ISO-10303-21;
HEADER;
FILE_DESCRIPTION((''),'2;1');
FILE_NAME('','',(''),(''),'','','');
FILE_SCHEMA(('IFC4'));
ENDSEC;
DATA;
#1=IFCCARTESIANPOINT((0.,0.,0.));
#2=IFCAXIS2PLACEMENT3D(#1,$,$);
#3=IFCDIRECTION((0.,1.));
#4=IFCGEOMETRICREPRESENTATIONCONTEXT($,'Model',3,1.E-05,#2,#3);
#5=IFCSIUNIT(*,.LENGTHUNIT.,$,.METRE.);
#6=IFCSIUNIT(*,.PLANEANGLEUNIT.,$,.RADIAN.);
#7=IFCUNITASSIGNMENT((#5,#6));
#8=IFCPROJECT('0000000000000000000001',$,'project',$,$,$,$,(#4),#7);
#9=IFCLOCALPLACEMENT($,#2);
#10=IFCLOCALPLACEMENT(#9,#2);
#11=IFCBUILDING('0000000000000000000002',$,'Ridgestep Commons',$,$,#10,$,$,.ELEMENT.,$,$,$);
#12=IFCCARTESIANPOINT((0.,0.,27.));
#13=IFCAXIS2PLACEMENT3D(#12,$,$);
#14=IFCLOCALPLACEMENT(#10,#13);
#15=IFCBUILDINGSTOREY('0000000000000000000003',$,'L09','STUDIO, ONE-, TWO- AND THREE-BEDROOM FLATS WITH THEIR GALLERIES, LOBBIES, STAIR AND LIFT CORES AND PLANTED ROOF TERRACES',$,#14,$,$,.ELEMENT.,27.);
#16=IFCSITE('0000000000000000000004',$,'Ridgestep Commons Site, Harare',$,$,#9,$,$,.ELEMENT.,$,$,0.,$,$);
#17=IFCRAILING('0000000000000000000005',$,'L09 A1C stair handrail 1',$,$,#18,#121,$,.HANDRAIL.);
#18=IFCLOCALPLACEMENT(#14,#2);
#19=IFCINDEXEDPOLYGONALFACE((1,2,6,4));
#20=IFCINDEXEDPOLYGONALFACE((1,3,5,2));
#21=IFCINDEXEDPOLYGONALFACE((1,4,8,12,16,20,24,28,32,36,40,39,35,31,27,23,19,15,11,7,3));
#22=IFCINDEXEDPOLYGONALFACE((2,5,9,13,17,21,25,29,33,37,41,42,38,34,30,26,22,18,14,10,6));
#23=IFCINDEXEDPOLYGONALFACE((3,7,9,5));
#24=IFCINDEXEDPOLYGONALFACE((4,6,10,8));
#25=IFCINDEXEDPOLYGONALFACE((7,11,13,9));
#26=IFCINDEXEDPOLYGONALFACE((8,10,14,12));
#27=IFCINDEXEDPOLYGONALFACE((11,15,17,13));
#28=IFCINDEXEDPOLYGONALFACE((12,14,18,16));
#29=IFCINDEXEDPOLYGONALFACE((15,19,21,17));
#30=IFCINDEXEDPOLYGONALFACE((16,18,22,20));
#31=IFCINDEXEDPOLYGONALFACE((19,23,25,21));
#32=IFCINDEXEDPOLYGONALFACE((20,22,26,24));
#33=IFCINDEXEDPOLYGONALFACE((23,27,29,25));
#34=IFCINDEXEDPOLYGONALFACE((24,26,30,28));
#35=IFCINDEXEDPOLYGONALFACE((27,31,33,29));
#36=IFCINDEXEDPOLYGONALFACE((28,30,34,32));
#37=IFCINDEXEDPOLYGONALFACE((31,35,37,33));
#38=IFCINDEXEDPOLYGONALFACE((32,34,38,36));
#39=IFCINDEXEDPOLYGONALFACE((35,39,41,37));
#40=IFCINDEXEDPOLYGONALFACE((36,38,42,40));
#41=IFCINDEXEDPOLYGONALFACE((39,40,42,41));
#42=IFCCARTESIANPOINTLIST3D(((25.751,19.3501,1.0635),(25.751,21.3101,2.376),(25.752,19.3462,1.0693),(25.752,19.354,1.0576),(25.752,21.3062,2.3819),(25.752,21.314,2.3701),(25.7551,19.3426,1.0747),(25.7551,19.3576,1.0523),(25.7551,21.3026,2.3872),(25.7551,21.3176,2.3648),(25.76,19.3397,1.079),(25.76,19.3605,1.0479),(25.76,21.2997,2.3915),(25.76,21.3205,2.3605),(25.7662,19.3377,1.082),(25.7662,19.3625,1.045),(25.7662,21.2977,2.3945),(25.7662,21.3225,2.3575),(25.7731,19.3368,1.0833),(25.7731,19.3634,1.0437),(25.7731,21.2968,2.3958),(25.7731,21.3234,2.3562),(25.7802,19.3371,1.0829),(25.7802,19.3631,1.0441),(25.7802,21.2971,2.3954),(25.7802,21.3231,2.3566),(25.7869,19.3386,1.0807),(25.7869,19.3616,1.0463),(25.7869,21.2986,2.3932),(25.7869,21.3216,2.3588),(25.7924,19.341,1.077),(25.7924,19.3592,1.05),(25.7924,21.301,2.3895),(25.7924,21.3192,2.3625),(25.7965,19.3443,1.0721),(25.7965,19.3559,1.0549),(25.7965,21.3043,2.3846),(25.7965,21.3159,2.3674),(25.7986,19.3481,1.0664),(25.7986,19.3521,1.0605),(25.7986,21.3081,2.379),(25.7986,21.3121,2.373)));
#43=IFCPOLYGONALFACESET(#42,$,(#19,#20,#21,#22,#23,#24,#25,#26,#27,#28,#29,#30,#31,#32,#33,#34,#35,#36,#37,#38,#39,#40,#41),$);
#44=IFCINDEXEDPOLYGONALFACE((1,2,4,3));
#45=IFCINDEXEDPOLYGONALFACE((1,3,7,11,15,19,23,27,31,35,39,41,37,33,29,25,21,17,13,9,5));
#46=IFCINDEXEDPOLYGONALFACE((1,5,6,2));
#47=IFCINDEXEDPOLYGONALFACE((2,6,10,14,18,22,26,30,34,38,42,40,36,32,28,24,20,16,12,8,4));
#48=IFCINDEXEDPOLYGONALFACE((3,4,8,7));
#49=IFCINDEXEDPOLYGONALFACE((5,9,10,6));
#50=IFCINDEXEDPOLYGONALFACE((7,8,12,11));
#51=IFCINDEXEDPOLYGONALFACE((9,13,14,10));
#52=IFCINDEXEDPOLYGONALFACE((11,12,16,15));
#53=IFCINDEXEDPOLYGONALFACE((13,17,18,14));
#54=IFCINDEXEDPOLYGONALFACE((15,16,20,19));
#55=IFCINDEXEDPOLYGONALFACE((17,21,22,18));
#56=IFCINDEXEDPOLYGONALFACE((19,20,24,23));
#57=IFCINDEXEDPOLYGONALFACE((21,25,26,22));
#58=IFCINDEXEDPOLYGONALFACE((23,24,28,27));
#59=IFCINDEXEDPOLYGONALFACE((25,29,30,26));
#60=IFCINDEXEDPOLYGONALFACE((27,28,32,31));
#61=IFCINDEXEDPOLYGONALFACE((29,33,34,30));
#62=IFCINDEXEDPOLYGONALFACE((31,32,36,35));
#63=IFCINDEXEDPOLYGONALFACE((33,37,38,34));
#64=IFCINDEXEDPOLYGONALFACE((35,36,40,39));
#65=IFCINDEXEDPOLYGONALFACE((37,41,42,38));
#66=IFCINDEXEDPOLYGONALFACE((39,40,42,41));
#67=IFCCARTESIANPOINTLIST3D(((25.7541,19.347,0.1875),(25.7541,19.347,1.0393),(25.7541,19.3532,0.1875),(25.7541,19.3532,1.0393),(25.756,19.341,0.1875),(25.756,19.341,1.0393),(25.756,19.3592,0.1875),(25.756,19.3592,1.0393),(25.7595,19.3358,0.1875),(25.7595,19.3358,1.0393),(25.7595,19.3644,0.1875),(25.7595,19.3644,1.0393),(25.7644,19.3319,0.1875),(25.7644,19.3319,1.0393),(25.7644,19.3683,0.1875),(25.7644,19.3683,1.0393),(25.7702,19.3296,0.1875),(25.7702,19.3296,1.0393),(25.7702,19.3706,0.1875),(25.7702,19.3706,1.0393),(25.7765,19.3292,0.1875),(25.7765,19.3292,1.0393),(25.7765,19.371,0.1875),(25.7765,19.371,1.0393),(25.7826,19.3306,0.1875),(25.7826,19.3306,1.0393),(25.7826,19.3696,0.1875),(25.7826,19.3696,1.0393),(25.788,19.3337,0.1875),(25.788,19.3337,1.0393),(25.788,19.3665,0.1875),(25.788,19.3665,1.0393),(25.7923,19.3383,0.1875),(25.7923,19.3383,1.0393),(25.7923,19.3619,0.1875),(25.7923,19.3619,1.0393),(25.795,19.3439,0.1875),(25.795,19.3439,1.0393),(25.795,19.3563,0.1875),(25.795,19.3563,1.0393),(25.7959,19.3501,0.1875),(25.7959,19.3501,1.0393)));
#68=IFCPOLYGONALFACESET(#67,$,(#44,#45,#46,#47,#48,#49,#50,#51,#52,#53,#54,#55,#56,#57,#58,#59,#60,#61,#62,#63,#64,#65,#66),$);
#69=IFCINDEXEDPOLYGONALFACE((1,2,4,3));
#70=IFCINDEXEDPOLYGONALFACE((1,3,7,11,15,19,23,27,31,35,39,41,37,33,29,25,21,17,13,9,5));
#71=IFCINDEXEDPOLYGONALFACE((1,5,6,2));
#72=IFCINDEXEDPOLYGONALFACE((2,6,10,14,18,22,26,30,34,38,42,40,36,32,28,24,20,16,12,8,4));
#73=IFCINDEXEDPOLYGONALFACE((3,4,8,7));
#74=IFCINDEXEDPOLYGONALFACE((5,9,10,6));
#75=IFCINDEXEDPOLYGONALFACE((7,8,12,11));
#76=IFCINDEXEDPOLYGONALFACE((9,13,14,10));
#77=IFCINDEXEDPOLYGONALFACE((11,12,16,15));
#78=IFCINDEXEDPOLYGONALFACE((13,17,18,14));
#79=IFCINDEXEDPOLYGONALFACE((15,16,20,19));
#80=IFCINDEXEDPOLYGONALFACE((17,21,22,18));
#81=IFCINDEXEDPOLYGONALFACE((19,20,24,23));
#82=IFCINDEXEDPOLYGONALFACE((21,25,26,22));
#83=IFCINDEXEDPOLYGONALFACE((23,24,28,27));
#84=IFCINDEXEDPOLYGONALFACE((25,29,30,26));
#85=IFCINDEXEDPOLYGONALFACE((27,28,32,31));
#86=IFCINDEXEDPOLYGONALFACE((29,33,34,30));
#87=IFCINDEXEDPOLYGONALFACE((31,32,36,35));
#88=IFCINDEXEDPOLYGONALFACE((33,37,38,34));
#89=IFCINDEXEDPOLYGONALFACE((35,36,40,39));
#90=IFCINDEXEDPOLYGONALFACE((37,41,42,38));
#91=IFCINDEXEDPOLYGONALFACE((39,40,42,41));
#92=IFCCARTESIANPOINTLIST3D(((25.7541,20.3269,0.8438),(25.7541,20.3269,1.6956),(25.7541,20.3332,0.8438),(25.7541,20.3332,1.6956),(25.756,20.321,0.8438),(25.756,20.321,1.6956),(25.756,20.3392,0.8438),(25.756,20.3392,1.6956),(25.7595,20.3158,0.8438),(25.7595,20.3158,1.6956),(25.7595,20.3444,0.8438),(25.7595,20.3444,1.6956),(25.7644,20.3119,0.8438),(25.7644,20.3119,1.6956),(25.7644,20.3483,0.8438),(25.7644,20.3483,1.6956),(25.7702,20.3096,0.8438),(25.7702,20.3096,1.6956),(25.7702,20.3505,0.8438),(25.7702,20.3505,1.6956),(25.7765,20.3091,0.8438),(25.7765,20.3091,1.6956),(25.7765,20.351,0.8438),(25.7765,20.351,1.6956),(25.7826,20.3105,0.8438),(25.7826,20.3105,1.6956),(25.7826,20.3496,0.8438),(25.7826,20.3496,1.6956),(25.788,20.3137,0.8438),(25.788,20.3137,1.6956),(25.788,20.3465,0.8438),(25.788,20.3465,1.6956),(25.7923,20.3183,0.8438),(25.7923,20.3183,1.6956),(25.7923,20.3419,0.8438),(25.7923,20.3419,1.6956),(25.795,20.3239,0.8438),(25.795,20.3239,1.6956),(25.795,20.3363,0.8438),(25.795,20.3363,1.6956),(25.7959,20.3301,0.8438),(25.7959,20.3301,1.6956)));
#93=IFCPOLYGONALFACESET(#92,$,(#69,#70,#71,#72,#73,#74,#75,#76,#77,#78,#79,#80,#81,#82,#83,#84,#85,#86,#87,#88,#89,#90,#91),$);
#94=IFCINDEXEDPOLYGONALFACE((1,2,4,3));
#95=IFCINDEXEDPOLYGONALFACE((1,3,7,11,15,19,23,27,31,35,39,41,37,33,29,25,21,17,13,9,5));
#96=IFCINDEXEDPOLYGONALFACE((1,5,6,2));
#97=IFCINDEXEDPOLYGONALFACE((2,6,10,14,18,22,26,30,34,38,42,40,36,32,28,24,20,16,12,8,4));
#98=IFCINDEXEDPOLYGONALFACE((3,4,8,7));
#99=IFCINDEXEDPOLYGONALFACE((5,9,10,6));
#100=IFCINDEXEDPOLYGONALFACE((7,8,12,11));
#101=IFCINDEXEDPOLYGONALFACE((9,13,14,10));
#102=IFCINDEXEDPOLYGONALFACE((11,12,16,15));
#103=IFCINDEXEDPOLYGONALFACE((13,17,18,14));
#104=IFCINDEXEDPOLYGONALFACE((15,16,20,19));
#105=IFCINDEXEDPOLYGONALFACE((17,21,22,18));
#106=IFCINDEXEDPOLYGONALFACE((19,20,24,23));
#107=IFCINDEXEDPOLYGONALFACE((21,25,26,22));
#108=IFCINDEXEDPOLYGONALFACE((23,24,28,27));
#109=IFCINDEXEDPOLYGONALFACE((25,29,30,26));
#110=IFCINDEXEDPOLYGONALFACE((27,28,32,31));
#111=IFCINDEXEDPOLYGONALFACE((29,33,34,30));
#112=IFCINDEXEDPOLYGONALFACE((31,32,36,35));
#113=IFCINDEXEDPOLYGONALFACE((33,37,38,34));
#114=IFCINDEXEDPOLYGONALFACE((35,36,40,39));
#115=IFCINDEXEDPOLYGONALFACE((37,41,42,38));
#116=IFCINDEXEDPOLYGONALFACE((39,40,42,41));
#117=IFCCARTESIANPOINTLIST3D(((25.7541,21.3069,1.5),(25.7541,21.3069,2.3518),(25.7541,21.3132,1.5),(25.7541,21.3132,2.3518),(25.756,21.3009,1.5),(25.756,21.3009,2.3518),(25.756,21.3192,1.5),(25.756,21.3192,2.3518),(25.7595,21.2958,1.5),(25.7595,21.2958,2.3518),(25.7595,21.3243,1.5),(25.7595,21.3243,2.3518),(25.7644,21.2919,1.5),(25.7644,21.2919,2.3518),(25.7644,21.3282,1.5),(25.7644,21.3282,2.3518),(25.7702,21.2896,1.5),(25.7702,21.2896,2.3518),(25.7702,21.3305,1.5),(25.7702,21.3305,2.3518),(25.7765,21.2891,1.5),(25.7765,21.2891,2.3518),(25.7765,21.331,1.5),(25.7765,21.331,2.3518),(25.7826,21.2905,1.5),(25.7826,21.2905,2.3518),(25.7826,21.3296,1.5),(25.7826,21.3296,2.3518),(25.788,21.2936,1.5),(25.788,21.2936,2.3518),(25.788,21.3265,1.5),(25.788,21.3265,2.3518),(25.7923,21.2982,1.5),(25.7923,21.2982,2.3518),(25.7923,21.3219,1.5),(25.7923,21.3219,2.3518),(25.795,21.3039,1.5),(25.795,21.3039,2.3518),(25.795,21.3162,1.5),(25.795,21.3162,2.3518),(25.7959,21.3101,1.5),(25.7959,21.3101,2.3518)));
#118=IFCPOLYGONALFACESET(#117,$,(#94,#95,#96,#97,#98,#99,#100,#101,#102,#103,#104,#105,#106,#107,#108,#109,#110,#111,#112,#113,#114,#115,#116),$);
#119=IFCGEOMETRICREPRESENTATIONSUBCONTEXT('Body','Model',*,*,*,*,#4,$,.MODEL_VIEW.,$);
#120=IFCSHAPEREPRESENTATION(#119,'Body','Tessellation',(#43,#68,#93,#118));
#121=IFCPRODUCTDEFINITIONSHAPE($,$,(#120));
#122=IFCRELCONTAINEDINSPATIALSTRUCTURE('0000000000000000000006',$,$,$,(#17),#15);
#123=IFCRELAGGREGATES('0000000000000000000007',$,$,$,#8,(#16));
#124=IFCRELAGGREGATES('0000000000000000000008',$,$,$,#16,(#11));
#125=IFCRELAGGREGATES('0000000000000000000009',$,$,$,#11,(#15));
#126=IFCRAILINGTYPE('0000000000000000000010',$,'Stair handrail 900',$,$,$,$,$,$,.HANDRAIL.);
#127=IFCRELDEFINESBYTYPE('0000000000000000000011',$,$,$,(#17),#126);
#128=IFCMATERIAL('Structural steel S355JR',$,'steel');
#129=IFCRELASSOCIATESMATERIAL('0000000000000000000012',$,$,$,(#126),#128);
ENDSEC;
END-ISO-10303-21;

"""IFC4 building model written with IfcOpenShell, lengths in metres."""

from ifc_helpers import new_model, si_unit, direction, frame, origin, origin_2d, place, context, subcontext, project, spatial, circle, extrude, material, type_object, element, save


model = new_model("IFC4")

# Units and contexts
model_context = context("Model", 3, precision=1e-05, world=origin(), true_north=direction((0.0, 1.0)))
body_context = subcontext(model_context, "Body", "Model", "MODEL_VIEW")
ifc_project = project(units=[si_unit("LENGTHUNIT", "METRE"), si_unit("PLANEANGLEUNIT", "RADIAN")], contexts=[model_context])

# Site, building, storey
site_placement = place(None, origin())
site = spatial("IfcSite", under=ifc_project, at=site_placement, Name="Ridgestep Commons Site, Harare", CompositionType="ELEMENT", RefElevation=0.0)
building_placement = place(site_placement, origin())
building = spatial("IfcBuilding", under=site, at=building_placement, Name="Ridgestep Commons", CompositionType="ELEMENT")
storey_placement = place(building_placement, frame((0.0, 0.0, 27.0)))
storey = spatial("IfcBuildingStorey", under=building, at=storey_placement, Name="L09", Description="STUDIO, ONE-, TWO- AND THREE-BEDROOM FLATS WITH THEIR GALLERIES, LOBBIES, STAIR AND LIFT CORES AND PLANTED ROOF TERRACES", CompositionType="ELEMENT", Elevation=27.0)

# Railing
ifc_material_1 = material(Name="Structural steel S355JR", Category="steel")
railing_type_1 = type_object("IfcRailingType", Name="Stair handrail 900", PredefinedType="HANDRAIL", material=ifc_material_1)
railing_1_placement = place(storey_placement, frame((25.7749, 19.3501, 0.1875)))
element("IfcRailing", 1, at=railing_1_placement, inside=storey, type_object=railing_type_1, Name="L09 A1C stair handrail 1", PredefinedType="HANDRAIL", context=body_context, shape_type="SweptSolid", body=[
    extrude(circle(Radius=0.0239, at=origin_2d()), frame((0.0, 0.0, 0.876), z_axis=(0.0, 0.830902, 0.556419), x_axis=(-1.0, 0.0, 0.0)), (0.0, 0.0, 1.0), 2.3589),
    extrude(circle(Radius=0.021, at=origin_2d()), origin(), (0.0, 0.0, 1.0), 0.8518),
    extrude(circle(Radius=0.021, at=origin_2d()), frame((0.0, 0.98, 0.6562)), (0.0, 0.0, 1.0), 0.8518),
    extrude(circle(Radius=0.021, at=origin_2d()), frame((0.0, 1.96, 1.3125)), (0.0, 0.0, 1.0), 0.8518),
])

save(model, "model.ifc")
